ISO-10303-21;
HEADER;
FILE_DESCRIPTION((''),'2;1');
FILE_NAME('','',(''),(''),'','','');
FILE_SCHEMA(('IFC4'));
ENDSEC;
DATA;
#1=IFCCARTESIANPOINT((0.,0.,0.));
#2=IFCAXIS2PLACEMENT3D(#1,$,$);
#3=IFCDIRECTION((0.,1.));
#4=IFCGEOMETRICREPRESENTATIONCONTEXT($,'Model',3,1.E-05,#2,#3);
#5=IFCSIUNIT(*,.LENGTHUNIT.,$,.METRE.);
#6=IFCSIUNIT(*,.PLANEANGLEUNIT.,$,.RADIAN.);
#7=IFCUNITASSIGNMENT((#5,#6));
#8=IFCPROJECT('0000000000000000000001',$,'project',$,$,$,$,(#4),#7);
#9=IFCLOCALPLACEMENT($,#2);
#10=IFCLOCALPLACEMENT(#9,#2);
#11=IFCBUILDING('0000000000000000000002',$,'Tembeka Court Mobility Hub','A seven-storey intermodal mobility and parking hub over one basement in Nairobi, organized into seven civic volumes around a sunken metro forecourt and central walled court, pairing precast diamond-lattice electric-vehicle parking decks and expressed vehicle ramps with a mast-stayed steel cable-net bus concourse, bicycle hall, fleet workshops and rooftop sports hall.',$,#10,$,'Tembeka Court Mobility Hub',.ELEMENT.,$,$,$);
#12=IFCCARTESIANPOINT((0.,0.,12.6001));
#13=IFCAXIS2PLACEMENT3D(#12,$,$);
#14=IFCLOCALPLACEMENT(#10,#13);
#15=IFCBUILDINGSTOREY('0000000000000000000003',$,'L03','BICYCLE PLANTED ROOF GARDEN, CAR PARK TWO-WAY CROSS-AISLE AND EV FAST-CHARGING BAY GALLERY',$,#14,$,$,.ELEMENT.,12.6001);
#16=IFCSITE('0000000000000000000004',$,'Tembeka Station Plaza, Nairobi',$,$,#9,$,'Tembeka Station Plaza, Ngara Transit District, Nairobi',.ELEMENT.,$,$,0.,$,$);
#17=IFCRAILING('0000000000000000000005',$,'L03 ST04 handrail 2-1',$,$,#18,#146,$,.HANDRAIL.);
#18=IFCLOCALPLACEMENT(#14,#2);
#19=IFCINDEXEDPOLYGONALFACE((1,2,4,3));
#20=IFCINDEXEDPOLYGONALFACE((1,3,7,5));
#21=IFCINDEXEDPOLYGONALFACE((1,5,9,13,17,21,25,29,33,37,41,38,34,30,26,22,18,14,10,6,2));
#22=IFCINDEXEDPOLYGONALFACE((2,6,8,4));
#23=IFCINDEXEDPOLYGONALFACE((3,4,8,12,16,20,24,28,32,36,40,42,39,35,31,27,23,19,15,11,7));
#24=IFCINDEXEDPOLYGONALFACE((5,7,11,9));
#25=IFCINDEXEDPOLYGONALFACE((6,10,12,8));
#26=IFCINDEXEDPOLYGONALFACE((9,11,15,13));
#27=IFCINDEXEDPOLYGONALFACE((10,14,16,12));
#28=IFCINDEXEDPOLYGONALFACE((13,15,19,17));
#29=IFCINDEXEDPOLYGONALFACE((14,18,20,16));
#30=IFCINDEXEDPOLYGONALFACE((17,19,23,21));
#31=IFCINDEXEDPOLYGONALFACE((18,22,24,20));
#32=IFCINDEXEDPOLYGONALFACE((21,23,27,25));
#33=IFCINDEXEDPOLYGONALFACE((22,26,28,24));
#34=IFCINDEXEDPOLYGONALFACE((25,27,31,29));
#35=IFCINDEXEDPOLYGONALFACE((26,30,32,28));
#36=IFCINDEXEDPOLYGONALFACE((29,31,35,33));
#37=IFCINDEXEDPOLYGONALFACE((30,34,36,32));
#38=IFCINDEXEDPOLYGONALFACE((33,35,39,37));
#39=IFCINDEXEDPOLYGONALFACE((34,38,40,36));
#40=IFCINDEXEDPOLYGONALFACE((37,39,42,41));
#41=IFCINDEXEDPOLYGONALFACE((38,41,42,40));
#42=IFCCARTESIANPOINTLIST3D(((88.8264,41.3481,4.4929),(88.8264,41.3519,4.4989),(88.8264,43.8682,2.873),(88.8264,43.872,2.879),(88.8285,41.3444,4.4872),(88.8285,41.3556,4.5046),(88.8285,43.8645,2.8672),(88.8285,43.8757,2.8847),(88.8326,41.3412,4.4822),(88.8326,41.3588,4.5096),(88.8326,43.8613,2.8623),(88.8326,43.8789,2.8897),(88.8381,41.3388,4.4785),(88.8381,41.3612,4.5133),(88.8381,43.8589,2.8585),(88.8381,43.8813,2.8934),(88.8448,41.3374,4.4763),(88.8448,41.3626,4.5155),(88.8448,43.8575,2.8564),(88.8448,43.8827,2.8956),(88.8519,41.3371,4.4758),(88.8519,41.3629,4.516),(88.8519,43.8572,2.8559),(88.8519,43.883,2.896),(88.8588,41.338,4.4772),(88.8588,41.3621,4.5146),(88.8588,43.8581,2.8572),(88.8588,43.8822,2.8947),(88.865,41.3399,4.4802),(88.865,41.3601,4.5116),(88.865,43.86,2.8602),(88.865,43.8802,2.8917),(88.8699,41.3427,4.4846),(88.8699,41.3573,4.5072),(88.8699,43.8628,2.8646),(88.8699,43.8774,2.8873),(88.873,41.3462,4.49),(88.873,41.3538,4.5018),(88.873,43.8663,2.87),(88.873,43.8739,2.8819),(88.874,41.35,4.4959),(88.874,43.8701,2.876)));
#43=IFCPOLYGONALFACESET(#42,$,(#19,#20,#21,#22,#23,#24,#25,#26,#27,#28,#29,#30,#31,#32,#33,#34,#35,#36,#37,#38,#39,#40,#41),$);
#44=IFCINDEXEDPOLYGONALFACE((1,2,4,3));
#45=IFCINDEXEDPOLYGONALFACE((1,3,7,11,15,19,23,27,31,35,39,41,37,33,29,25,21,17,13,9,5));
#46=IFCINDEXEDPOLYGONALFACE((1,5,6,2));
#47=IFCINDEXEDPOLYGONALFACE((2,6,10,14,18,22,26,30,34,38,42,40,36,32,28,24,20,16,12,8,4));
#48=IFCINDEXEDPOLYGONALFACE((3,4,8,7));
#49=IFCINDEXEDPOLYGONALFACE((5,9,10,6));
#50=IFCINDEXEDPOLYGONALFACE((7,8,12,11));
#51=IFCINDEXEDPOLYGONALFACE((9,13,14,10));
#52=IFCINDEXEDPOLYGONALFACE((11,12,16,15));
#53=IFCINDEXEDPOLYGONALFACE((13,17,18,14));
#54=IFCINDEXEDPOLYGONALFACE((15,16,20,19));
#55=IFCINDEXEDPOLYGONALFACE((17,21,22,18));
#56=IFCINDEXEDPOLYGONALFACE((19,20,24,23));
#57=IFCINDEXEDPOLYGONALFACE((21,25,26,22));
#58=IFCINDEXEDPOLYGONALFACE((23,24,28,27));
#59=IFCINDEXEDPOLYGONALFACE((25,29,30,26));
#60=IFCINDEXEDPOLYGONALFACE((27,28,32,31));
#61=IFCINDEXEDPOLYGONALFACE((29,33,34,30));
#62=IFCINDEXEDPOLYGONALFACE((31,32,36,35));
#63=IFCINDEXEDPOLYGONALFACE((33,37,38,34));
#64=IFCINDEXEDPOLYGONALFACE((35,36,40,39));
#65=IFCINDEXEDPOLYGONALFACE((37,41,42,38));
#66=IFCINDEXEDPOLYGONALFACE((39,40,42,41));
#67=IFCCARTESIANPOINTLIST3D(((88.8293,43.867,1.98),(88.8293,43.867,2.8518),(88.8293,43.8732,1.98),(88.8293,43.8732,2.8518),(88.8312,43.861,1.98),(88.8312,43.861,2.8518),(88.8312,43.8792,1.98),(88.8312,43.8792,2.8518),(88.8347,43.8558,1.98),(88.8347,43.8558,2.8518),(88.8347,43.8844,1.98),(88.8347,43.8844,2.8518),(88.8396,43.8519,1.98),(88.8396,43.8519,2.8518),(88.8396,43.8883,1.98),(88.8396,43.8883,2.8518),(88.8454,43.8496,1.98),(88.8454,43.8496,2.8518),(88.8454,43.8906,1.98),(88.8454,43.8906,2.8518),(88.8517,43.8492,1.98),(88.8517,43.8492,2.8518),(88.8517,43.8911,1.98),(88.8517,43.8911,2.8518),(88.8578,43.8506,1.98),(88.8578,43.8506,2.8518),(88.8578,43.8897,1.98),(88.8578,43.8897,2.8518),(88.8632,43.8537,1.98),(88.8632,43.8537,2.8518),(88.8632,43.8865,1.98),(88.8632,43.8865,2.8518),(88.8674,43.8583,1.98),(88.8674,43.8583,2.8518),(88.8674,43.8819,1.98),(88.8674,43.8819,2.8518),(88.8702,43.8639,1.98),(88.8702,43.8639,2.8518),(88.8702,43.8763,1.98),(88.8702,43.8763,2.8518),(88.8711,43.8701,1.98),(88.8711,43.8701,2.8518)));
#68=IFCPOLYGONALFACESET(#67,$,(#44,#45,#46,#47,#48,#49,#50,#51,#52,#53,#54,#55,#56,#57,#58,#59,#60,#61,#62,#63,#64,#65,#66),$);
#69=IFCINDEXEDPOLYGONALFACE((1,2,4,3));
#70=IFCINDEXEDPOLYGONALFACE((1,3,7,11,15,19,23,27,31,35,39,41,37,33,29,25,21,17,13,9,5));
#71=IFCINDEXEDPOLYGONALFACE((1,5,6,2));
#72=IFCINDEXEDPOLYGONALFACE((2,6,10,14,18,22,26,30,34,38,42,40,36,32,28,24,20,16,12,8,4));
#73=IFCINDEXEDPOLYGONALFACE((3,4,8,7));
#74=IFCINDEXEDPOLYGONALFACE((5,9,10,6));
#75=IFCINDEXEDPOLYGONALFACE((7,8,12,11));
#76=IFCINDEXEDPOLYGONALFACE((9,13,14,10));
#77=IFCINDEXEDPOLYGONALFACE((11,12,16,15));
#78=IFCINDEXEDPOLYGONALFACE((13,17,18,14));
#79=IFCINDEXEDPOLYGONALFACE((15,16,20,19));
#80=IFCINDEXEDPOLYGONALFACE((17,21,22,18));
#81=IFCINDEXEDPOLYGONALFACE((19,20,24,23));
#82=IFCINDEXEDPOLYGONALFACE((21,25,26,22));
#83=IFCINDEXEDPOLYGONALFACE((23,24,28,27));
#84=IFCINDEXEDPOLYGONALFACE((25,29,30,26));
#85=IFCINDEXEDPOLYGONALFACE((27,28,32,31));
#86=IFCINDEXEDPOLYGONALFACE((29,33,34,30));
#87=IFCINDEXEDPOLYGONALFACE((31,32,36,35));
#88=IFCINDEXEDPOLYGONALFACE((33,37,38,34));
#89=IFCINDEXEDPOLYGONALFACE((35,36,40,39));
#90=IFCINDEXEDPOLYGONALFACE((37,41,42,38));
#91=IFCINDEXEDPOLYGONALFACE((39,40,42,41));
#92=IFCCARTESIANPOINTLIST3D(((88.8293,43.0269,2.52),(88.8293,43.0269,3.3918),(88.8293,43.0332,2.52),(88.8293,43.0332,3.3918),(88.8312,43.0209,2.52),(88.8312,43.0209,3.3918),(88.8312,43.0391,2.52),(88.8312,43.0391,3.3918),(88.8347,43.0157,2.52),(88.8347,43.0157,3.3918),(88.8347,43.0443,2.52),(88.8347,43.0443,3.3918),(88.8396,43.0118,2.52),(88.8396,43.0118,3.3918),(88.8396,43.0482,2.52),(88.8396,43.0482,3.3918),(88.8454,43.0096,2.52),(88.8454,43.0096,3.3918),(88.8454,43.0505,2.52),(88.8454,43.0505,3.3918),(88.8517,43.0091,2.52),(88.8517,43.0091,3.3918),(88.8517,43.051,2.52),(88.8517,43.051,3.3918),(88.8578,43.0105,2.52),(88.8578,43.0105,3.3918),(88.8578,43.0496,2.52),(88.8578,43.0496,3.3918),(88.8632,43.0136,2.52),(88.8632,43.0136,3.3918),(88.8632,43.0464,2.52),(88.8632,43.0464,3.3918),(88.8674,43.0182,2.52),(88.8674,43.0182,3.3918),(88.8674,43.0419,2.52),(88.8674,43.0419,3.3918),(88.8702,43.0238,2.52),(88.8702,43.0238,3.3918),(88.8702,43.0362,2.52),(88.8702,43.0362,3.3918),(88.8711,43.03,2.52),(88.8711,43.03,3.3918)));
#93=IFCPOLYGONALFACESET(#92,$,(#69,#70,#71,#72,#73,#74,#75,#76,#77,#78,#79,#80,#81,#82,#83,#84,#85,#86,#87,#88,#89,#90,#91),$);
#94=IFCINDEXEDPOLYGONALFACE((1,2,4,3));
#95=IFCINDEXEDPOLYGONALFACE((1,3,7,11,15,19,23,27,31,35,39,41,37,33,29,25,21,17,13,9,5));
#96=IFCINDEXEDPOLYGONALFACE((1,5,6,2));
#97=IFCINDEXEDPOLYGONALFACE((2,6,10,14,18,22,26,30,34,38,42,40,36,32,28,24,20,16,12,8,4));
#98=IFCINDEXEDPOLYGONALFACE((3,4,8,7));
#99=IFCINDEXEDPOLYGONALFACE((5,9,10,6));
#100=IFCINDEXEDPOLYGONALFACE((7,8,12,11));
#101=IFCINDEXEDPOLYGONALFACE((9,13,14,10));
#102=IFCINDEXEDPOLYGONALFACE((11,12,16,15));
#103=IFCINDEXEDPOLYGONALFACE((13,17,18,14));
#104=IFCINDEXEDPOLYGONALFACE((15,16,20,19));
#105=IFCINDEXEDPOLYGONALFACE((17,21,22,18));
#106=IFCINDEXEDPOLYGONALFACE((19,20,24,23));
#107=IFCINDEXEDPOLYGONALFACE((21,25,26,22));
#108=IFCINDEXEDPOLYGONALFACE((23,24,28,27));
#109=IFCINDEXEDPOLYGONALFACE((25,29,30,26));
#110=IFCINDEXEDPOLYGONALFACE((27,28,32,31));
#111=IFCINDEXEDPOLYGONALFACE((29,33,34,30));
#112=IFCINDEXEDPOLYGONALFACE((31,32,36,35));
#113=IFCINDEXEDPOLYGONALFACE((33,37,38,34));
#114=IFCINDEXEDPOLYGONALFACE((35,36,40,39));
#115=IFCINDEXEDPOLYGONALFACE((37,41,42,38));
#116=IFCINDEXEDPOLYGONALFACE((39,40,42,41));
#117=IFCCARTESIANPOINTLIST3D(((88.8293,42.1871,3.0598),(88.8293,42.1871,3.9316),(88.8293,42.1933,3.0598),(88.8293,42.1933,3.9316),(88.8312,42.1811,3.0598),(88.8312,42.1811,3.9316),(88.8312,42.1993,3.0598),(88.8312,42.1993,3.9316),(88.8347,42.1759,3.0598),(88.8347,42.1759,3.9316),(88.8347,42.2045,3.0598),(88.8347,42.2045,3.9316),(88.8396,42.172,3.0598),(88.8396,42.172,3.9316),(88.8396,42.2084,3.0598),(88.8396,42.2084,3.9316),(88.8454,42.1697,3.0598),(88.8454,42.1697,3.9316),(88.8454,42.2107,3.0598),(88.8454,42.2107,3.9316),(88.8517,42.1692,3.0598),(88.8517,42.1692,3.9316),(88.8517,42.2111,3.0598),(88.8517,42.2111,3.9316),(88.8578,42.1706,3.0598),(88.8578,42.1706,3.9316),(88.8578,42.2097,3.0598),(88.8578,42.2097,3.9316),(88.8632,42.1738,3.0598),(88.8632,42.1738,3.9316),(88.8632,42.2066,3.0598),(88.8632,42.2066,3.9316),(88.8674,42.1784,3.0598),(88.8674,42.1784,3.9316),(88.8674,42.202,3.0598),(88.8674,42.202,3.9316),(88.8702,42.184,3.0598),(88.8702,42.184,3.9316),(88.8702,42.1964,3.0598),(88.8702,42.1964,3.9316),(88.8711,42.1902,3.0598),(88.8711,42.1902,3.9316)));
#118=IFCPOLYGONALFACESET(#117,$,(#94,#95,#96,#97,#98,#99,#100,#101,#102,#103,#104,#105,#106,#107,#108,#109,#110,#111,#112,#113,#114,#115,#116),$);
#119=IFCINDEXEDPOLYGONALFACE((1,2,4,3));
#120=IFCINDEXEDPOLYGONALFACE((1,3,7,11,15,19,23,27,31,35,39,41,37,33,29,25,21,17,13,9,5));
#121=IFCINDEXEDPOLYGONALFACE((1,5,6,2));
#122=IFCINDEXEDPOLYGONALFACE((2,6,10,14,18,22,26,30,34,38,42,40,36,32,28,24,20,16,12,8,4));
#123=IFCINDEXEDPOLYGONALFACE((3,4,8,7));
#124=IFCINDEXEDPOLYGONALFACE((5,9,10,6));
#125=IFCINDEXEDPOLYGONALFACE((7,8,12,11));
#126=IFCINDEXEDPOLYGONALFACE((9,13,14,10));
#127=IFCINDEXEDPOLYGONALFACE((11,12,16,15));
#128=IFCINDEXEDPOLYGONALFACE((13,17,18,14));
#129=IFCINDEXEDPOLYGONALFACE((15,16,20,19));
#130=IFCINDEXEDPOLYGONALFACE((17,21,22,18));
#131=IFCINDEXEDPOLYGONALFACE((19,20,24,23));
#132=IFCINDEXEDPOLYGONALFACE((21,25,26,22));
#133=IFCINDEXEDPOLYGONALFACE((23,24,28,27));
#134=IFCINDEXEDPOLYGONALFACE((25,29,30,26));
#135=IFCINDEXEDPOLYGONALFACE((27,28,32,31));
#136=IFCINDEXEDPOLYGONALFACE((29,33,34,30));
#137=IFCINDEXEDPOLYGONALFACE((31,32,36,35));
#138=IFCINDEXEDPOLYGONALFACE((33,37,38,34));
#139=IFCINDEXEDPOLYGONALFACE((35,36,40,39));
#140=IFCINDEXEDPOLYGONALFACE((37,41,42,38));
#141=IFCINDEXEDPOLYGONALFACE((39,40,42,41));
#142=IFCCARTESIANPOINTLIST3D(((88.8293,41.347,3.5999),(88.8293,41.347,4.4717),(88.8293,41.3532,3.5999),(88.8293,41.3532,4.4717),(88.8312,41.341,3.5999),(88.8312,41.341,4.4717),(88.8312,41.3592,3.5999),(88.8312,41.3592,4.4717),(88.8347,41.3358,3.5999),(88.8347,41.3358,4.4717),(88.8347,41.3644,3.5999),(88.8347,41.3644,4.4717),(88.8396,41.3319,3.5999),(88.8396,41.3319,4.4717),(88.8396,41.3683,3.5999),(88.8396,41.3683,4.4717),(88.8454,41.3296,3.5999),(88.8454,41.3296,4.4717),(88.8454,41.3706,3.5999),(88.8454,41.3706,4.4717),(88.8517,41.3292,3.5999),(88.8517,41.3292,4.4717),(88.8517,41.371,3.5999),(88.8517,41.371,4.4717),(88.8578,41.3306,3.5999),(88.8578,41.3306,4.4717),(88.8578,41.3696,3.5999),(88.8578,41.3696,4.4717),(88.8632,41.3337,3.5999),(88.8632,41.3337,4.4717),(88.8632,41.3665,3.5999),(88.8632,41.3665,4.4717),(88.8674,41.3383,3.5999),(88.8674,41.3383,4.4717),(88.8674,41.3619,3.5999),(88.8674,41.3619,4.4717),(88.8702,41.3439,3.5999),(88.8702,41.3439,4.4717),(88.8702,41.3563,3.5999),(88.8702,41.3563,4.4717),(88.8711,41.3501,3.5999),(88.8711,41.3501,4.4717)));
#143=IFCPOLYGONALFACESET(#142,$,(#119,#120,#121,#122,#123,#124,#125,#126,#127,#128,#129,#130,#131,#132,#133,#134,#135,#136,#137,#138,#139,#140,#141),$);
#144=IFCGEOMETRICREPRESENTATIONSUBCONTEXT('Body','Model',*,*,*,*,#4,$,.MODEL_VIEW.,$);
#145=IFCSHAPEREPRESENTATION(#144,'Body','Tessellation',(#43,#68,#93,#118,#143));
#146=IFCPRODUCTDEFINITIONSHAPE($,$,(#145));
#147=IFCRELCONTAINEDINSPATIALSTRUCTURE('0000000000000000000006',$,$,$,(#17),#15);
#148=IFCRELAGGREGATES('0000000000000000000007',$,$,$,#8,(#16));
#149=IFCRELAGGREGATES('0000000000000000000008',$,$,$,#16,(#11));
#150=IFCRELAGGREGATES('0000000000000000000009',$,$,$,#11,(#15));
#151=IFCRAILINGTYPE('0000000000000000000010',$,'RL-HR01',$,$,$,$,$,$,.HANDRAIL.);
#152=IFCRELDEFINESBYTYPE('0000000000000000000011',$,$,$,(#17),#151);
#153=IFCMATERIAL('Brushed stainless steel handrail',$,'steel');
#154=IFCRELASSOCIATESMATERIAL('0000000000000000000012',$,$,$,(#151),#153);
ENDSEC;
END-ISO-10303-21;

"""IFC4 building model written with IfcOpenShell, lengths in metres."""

from ifc_helpers import new_model, si_unit, direction, frame, origin, origin_2d, place, context, subcontext, project, spatial, circle, extrude, material, type_object, element, save


model = new_model("IFC4")

# Units and contexts
model_context = context("Model", 3, precision=1e-05, world=origin(), true_north=direction((0.0, 1.0)))
body_context = subcontext(model_context, "Body", "Model", "MODEL_VIEW")
ifc_project = project(units=[si_unit("LENGTHUNIT", "METRE"), si_unit("PLANEANGLEUNIT", "RADIAN")], contexts=[model_context])

# Site, building, storey
site_placement = place(None, origin())
site = spatial("IfcSite", under=ifc_project, at=site_placement, Name="Tembeka Station Plaza, Nairobi", LongName="Tembeka Station Plaza, Ngara Transit District, Nairobi", CompositionType="ELEMENT", RefElevation=0.0)
building_placement = place(site_placement, origin())
building = spatial("IfcBuilding", under=site, at=building_placement, Name="Tembeka Court Mobility Hub", Description="A seven-storey intermodal mobility and parking hub over one basement in Nairobi, organized into seven civic volumes around a sunken metro forecourt and central walled court, pairing precast diamond-lattice electric-vehicle parking decks and expressed vehicle ramps with a mast-stayed steel cable-net bus concourse, bicycle hall, fleet workshops and rooftop sports hall.", LongName="Tembeka Court Mobility Hub", CompositionType="ELEMENT")
storey_placement = place(building_placement, frame((0.0, 0.0, 12.6001)))
storey = spatial("IfcBuildingStorey", under=building, at=storey_placement, Name="L03", Description="BICYCLE PLANTED ROOF GARDEN, CAR PARK TWO-WAY CROSS-AISLE AND EV FAST-CHARGING BAY GALLERY", CompositionType="ELEMENT", Elevation=12.6001)

# Railing
ifc_material_1 = material(Name="Brushed stainless steel handrail", Category="steel")
railing_type_1 = type_object("IfcRailingType", Name="RL-HR01", PredefinedType="HANDRAIL", material=ifc_material_1)
railing_1_placement = place(storey_placement, frame((88.8501, 43.8701, 1.98)))
element("IfcRailing", 1, at=railing_1_placement, inside=storey, type_object=railing_type_1, Name="L03 ST04 handrail 2-1", PredefinedType="HANDRAIL", context=body_context, shape_type="SweptSolid", body=[
    extrude(circle(Radius=0.0239, at=origin_2d()), frame((0.0, 0.0, 0.896), z_axis=(0.0, -0.8412, 0.540725), x_axis=(1.0, 0.0, 0.0)), (0.0, 0.0, 1.0), 2.9958),
    extrude(circle(Radius=0.021, at=origin_2d()), origin(), (0.0, 0.0, 1.0), 0.8718),
    extrude(circle(Radius=0.021, at=origin_2d()), frame((0.0, -0.8401, 0.54)), (0.0, 0.0, 1.0), 0.8718),
    extrude(circle(Radius=0.021, at=origin_2d()), frame((0.0, -1.6799, 1.0798)), (0.0, 0.0, 1.0), 0.8718),
    extrude(circle(Radius=0.021, at=origin_2d()), frame((0.0, -2.52, 1.6199)), (0.0, 0.0, 1.0), 0.8718),
])

save(model, "model.ifc")
